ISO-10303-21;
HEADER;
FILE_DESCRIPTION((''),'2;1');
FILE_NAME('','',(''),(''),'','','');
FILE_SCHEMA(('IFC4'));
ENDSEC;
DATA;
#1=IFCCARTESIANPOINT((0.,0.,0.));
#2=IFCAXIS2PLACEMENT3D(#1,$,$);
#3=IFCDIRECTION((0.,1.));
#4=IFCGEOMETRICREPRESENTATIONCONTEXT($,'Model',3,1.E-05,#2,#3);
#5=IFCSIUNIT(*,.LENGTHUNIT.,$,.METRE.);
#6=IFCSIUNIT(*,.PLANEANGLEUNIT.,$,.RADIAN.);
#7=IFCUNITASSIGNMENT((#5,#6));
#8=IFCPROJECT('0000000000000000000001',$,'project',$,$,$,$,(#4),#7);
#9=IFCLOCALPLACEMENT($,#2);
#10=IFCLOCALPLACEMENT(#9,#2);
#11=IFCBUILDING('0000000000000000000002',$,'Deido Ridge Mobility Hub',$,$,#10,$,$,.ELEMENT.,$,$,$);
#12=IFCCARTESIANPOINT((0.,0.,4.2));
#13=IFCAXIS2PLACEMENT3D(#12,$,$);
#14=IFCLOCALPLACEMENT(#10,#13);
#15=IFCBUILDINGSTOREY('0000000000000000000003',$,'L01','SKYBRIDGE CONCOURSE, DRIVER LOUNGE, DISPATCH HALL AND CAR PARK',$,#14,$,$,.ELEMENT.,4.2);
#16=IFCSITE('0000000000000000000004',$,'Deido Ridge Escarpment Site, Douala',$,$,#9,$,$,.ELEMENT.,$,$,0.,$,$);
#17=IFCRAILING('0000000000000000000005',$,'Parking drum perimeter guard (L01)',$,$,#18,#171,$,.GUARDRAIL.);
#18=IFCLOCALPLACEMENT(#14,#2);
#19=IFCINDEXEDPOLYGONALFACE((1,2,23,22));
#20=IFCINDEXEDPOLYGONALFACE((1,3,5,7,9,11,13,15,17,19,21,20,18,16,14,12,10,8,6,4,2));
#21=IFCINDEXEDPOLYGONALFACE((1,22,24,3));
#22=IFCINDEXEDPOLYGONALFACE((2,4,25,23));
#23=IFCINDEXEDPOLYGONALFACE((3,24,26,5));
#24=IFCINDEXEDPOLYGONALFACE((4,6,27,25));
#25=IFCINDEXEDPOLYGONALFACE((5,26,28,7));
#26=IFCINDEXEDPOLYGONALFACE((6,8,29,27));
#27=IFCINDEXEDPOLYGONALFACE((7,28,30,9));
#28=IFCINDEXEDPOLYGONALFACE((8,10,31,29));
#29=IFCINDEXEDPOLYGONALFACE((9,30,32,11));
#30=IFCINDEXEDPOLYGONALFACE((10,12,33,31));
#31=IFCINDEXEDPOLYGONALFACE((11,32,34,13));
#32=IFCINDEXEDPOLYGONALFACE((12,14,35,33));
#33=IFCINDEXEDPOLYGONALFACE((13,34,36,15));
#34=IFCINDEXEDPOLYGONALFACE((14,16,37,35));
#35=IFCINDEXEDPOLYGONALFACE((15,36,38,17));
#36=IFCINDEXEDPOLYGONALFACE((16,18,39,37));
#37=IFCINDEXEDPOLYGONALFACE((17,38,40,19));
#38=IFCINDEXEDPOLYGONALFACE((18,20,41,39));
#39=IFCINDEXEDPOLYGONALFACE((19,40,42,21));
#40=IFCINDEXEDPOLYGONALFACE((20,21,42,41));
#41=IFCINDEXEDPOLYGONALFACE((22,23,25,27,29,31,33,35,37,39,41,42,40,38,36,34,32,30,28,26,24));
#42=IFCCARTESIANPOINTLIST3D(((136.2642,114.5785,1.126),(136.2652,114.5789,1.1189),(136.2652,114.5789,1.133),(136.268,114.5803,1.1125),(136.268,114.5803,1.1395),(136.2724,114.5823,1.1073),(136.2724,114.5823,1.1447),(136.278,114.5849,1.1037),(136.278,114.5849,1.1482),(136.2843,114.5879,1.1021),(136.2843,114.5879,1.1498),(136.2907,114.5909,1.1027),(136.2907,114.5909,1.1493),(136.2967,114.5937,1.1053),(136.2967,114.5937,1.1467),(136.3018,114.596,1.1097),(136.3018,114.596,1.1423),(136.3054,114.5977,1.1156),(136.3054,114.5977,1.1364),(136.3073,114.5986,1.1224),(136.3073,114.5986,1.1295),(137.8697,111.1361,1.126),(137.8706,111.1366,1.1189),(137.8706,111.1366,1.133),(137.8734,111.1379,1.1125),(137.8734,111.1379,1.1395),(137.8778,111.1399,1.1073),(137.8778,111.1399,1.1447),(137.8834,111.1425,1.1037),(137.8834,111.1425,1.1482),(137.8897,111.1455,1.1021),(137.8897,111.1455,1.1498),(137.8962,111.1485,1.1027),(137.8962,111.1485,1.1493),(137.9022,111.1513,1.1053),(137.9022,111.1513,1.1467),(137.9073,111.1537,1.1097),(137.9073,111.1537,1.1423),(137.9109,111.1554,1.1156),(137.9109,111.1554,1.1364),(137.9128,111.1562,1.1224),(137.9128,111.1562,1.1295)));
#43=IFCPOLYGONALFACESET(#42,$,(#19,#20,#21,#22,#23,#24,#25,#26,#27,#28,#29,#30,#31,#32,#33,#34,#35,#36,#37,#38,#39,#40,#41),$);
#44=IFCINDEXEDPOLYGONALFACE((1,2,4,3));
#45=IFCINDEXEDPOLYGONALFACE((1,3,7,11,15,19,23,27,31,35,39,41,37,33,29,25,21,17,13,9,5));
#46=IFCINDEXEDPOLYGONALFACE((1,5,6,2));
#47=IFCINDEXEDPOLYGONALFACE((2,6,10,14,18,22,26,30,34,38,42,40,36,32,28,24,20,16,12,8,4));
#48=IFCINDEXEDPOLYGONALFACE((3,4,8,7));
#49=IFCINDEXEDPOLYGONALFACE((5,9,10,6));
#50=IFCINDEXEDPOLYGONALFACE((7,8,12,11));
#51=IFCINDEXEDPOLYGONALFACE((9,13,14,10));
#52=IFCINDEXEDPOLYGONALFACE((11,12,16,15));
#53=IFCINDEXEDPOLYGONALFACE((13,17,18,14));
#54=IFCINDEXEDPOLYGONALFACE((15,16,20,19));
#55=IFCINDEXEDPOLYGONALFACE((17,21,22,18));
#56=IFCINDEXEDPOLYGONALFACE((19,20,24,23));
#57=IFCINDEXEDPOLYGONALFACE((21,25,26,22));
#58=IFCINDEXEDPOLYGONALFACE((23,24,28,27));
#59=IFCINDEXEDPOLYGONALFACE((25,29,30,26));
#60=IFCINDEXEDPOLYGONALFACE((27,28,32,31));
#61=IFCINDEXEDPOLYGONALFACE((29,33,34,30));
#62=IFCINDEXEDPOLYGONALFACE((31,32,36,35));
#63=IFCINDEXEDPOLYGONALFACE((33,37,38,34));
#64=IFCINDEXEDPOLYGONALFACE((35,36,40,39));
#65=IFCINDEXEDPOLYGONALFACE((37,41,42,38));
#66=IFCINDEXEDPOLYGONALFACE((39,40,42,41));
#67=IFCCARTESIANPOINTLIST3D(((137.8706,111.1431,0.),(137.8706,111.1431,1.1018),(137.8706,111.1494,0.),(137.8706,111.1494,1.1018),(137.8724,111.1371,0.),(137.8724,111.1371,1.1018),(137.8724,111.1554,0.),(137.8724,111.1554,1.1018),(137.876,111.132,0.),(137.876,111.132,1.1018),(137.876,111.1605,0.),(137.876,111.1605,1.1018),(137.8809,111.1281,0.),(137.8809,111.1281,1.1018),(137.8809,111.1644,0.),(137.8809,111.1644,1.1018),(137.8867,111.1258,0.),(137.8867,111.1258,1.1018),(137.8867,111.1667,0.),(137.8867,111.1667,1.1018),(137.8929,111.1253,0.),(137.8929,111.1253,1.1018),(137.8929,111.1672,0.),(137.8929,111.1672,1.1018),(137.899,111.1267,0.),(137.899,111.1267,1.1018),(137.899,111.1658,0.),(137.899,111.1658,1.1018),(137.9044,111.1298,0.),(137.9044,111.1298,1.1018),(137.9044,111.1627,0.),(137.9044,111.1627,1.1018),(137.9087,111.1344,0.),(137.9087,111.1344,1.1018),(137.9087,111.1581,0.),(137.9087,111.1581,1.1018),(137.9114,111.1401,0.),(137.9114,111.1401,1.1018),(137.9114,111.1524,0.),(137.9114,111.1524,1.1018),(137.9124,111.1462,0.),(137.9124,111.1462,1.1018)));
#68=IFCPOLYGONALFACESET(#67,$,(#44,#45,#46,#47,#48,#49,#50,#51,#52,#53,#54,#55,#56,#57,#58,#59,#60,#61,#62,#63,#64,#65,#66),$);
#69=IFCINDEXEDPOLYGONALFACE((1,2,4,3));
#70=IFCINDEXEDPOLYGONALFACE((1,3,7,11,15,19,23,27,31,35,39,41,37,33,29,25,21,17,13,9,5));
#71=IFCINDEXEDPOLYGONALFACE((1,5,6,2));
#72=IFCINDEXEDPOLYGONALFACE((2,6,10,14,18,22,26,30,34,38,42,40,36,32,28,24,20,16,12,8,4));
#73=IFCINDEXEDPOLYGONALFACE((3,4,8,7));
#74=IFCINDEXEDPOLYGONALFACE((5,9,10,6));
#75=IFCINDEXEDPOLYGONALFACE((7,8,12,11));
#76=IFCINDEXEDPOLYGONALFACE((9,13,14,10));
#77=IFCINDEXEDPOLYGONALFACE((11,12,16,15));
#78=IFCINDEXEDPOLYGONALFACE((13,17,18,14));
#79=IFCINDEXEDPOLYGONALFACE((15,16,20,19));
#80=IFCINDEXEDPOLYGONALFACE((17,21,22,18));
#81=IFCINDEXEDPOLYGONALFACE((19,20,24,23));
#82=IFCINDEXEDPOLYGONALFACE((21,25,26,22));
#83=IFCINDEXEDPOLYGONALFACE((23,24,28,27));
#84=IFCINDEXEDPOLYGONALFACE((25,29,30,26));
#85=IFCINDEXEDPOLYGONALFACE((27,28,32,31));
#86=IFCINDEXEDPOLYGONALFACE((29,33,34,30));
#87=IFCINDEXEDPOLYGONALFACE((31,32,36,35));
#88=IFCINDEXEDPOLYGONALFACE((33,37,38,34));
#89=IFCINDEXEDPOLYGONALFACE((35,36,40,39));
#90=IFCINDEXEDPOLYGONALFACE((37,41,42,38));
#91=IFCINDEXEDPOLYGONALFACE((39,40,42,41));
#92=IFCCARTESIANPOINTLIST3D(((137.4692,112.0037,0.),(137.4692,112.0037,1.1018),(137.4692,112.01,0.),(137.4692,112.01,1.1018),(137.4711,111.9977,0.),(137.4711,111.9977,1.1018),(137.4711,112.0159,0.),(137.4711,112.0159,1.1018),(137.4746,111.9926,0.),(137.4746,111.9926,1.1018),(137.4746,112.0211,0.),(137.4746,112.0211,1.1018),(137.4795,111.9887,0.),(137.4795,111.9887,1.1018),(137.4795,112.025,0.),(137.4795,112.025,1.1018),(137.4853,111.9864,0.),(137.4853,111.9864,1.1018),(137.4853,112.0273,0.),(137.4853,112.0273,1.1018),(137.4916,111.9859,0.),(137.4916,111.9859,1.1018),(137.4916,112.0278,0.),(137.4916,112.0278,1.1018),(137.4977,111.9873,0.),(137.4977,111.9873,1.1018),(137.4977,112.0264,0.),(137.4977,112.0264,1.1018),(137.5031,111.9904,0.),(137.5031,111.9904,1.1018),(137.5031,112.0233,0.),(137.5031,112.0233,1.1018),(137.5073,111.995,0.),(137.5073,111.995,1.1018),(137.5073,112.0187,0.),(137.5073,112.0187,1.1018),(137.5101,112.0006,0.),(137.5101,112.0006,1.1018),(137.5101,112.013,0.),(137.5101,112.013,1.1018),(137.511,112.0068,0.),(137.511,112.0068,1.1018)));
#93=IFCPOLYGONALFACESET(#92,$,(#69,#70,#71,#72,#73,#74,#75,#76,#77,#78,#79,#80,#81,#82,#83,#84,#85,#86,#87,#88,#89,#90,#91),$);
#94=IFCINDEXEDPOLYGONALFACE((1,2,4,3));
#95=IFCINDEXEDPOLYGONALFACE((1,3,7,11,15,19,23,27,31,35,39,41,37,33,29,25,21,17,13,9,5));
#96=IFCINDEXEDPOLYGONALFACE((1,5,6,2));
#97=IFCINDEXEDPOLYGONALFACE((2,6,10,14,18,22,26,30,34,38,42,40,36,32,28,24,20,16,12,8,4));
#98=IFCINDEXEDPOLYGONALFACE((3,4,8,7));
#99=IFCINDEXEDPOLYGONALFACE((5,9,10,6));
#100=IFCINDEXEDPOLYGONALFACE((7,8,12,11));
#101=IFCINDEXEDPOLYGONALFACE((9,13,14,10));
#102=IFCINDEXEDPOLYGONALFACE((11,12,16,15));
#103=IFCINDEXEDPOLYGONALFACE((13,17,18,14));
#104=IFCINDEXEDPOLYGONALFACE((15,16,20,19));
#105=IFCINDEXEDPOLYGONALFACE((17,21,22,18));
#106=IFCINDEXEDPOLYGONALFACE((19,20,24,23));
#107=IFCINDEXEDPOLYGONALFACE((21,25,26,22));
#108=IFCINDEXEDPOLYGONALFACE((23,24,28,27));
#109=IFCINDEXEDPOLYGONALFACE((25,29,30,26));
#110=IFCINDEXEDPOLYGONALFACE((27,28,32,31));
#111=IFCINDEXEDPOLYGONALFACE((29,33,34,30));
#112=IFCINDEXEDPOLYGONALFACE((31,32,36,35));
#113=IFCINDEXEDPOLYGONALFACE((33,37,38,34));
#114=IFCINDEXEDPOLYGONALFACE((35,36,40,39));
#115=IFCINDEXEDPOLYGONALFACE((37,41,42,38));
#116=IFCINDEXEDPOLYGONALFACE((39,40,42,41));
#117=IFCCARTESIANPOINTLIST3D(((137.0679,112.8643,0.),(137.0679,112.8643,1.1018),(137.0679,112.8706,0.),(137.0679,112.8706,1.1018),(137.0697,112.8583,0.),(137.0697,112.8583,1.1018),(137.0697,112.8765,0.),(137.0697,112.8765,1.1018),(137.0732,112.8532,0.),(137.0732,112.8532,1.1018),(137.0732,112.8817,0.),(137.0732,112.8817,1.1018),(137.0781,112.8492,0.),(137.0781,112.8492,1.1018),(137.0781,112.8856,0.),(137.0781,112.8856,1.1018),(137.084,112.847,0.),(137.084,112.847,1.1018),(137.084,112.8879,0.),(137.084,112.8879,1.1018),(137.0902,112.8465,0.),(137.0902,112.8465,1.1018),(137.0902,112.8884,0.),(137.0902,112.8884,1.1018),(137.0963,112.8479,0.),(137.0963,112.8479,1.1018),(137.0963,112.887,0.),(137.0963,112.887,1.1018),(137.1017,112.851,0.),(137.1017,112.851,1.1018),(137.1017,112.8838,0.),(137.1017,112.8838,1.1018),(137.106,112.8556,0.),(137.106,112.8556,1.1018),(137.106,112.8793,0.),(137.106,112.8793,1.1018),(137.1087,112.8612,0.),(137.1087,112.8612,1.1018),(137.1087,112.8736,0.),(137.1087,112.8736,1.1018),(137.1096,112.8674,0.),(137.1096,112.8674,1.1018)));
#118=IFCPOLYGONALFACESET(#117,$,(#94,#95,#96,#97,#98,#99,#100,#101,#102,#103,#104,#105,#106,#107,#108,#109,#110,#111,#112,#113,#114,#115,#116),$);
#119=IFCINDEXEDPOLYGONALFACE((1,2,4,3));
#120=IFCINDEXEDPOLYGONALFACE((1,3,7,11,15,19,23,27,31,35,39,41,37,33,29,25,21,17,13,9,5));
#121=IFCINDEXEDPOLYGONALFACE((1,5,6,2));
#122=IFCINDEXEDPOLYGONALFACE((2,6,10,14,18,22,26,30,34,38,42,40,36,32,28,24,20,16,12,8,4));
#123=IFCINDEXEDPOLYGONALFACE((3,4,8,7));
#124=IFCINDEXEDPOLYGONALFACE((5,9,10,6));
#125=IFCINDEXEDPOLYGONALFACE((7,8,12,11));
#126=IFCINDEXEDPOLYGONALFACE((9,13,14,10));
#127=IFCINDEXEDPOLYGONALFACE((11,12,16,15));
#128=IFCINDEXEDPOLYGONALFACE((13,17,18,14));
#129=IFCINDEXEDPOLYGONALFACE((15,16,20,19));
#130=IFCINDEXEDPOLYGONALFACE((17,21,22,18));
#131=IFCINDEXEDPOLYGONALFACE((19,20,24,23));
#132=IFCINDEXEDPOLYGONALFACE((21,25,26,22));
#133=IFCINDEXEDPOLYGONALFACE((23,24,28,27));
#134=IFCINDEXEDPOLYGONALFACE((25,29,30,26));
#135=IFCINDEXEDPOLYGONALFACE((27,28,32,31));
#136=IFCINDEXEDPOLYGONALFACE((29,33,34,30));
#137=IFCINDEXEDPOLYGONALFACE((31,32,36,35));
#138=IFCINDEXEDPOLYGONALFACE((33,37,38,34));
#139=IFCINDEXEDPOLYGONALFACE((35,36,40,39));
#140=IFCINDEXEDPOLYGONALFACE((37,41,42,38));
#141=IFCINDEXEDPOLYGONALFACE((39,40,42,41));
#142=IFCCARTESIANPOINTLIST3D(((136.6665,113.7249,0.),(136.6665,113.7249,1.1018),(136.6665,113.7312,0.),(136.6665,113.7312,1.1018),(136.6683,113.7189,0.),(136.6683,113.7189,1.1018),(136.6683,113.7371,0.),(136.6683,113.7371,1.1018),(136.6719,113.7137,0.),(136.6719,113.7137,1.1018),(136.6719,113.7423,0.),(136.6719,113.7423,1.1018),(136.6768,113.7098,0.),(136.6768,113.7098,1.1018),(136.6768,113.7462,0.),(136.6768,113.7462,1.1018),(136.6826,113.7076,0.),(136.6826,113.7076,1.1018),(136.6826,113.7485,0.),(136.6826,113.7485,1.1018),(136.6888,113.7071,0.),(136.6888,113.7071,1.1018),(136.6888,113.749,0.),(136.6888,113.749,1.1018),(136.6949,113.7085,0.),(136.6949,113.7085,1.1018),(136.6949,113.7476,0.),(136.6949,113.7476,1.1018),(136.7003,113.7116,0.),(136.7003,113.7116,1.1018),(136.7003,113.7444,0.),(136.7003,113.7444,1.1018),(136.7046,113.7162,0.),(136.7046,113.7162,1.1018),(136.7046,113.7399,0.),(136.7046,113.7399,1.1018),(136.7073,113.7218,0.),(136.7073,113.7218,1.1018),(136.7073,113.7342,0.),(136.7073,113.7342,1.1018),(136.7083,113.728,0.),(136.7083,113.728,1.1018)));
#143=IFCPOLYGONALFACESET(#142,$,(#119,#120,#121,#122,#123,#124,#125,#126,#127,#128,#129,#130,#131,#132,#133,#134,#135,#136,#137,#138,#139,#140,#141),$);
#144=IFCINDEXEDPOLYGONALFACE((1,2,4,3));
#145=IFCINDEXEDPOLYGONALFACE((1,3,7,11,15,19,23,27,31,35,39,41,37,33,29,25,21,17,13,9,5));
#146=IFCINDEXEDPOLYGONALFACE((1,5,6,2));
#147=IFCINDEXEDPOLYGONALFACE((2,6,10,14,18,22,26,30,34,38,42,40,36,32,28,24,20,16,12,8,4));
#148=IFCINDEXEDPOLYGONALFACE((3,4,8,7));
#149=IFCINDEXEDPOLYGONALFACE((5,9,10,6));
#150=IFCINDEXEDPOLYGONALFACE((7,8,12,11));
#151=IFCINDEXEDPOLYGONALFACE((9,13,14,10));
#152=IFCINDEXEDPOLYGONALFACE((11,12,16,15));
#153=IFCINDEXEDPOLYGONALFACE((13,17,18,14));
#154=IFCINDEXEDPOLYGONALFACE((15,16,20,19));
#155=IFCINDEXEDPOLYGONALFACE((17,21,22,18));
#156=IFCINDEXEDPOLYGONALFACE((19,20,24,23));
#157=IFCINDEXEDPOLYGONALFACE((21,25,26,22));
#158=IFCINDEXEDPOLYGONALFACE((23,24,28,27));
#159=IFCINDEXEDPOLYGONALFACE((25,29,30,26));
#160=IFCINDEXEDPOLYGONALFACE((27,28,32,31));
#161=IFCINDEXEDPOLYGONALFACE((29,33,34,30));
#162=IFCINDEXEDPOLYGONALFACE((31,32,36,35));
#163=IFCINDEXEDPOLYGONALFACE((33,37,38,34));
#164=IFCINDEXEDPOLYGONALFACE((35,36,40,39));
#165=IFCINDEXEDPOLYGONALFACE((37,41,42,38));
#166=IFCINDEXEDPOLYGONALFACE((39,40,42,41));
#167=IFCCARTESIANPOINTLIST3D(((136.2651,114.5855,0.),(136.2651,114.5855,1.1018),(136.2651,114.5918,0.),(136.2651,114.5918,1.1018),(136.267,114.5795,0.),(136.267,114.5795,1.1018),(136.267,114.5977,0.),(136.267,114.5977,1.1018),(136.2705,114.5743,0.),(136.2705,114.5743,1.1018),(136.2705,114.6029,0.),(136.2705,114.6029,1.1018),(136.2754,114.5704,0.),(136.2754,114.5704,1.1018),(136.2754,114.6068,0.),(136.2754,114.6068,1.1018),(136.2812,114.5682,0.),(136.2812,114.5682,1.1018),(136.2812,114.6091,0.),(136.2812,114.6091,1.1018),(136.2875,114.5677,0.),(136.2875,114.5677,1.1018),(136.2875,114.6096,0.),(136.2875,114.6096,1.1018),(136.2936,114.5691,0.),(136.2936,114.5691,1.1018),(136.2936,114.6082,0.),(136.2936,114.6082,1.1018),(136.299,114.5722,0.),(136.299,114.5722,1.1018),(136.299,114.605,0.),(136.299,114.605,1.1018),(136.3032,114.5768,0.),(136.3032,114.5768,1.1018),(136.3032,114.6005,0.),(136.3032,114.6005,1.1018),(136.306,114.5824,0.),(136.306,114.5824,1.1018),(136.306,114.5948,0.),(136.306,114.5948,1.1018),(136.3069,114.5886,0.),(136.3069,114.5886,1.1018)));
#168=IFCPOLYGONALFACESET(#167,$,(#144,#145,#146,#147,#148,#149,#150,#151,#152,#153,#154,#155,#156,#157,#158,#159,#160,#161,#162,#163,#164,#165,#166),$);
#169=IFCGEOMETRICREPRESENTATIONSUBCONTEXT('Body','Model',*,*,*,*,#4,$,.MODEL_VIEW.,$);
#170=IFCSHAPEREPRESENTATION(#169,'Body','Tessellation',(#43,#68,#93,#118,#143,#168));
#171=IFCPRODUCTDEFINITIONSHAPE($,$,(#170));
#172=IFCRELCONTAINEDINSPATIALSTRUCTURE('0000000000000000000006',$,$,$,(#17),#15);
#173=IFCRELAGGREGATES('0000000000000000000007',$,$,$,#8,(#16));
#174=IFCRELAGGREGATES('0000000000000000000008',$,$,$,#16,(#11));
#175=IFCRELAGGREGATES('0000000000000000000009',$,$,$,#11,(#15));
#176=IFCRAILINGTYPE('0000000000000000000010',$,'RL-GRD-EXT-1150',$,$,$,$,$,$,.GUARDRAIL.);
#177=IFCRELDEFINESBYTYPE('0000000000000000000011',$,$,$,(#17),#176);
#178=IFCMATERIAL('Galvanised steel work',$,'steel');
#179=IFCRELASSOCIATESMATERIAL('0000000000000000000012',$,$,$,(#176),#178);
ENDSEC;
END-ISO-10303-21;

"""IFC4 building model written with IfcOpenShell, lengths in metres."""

from ifc_helpers import new_model, si_unit, direction, frame, origin, origin_2d, place, context, subcontext, project, spatial, circle, extrude, material, type_object, element, save


model = new_model("IFC4")

# Units and contexts
model_context = context("Model", 3, precision=1e-05, world=origin(), true_north=direction((0.0, 1.0)))
body_context = subcontext(model_context, "Body", "Model", "MODEL_VIEW")
ifc_project = project(units=[si_unit("LENGTHUNIT", "METRE"), si_unit("PLANEANGLEUNIT", "RADIAN")], contexts=[model_context])

# Site, building, storey
site_placement = place(None, origin())
site = spatial("IfcSite", under=ifc_project, at=site_placement, Name="Deido Ridge Escarpment Site, Douala", CompositionType="ELEMENT", RefElevation=0.0)
building_placement = place(site_placement, origin())
building = spatial("IfcBuilding", under=site, at=building_placement, Name="Deido Ridge Mobility Hub", CompositionType="ELEMENT")
storey_placement = place(building_placement, frame((0.0, 0.0, 4.2)))
storey = spatial("IfcBuildingStorey", under=building, at=storey_placement, Name="L01", Description="SKYBRIDGE CONCOURSE, DRIVER LOUNGE, DISPATCH HALL AND CAR PARK", CompositionType="ELEMENT", Elevation=4.2)

# Railing
ifc_material_1 = material(Name="Galvanised steel work", Category="steel")
railing_type = type_object("IfcRailingType", Name="RL-GRD-EXT-1150", PredefinedType="GUARDRAIL", material=ifc_material_1)
railing_1_placement = place(storey_placement, frame((137.8914, 111.1462, 0.0)))
element("IfcRailing", 1, at=railing_1_placement, inside=storey, type_object=railing_type, Name="Parking drum perimeter guard (L01)", PredefinedType="GUARDRAIL", context=body_context, shape_type="SweptSolid", body=[
    extrude(circle(Radius=0.0239, at=origin_2d()), frame((0.0, 0.0, 1.126), z_axis=(-0.422674, 0.906282, 0.0), x_axis=(-0.906282, -0.422674, 0.0)), (0.0, 0.0, 1.0), 3.7983),
    extrude(circle(Radius=0.021, at=origin_2d()), origin(), (0.0, 0.0, 1.0), 1.1018),
    extrude(circle(Radius=0.021, at=origin_2d()), frame((-0.4014, 0.8606, 0.0)), (0.0, 0.0, 1.0), 1.1018),
    extrude(circle(Radius=0.021, at=origin_2d()), frame((-0.8027, 1.7212, 0.0)), (0.0, 0.0, 1.0), 1.1018),
    extrude(circle(Radius=0.021, at=origin_2d()), frame((-1.2041, 2.5818, 0.0)), (0.0, 0.0, 1.0), 1.1018),
    extrude(circle(Radius=0.021, at=origin_2d()), frame((-1.6055, 3.4424, 0.0)), (0.0, 0.0, 1.0), 1.1018),
])

save(model, "model.ifc")
